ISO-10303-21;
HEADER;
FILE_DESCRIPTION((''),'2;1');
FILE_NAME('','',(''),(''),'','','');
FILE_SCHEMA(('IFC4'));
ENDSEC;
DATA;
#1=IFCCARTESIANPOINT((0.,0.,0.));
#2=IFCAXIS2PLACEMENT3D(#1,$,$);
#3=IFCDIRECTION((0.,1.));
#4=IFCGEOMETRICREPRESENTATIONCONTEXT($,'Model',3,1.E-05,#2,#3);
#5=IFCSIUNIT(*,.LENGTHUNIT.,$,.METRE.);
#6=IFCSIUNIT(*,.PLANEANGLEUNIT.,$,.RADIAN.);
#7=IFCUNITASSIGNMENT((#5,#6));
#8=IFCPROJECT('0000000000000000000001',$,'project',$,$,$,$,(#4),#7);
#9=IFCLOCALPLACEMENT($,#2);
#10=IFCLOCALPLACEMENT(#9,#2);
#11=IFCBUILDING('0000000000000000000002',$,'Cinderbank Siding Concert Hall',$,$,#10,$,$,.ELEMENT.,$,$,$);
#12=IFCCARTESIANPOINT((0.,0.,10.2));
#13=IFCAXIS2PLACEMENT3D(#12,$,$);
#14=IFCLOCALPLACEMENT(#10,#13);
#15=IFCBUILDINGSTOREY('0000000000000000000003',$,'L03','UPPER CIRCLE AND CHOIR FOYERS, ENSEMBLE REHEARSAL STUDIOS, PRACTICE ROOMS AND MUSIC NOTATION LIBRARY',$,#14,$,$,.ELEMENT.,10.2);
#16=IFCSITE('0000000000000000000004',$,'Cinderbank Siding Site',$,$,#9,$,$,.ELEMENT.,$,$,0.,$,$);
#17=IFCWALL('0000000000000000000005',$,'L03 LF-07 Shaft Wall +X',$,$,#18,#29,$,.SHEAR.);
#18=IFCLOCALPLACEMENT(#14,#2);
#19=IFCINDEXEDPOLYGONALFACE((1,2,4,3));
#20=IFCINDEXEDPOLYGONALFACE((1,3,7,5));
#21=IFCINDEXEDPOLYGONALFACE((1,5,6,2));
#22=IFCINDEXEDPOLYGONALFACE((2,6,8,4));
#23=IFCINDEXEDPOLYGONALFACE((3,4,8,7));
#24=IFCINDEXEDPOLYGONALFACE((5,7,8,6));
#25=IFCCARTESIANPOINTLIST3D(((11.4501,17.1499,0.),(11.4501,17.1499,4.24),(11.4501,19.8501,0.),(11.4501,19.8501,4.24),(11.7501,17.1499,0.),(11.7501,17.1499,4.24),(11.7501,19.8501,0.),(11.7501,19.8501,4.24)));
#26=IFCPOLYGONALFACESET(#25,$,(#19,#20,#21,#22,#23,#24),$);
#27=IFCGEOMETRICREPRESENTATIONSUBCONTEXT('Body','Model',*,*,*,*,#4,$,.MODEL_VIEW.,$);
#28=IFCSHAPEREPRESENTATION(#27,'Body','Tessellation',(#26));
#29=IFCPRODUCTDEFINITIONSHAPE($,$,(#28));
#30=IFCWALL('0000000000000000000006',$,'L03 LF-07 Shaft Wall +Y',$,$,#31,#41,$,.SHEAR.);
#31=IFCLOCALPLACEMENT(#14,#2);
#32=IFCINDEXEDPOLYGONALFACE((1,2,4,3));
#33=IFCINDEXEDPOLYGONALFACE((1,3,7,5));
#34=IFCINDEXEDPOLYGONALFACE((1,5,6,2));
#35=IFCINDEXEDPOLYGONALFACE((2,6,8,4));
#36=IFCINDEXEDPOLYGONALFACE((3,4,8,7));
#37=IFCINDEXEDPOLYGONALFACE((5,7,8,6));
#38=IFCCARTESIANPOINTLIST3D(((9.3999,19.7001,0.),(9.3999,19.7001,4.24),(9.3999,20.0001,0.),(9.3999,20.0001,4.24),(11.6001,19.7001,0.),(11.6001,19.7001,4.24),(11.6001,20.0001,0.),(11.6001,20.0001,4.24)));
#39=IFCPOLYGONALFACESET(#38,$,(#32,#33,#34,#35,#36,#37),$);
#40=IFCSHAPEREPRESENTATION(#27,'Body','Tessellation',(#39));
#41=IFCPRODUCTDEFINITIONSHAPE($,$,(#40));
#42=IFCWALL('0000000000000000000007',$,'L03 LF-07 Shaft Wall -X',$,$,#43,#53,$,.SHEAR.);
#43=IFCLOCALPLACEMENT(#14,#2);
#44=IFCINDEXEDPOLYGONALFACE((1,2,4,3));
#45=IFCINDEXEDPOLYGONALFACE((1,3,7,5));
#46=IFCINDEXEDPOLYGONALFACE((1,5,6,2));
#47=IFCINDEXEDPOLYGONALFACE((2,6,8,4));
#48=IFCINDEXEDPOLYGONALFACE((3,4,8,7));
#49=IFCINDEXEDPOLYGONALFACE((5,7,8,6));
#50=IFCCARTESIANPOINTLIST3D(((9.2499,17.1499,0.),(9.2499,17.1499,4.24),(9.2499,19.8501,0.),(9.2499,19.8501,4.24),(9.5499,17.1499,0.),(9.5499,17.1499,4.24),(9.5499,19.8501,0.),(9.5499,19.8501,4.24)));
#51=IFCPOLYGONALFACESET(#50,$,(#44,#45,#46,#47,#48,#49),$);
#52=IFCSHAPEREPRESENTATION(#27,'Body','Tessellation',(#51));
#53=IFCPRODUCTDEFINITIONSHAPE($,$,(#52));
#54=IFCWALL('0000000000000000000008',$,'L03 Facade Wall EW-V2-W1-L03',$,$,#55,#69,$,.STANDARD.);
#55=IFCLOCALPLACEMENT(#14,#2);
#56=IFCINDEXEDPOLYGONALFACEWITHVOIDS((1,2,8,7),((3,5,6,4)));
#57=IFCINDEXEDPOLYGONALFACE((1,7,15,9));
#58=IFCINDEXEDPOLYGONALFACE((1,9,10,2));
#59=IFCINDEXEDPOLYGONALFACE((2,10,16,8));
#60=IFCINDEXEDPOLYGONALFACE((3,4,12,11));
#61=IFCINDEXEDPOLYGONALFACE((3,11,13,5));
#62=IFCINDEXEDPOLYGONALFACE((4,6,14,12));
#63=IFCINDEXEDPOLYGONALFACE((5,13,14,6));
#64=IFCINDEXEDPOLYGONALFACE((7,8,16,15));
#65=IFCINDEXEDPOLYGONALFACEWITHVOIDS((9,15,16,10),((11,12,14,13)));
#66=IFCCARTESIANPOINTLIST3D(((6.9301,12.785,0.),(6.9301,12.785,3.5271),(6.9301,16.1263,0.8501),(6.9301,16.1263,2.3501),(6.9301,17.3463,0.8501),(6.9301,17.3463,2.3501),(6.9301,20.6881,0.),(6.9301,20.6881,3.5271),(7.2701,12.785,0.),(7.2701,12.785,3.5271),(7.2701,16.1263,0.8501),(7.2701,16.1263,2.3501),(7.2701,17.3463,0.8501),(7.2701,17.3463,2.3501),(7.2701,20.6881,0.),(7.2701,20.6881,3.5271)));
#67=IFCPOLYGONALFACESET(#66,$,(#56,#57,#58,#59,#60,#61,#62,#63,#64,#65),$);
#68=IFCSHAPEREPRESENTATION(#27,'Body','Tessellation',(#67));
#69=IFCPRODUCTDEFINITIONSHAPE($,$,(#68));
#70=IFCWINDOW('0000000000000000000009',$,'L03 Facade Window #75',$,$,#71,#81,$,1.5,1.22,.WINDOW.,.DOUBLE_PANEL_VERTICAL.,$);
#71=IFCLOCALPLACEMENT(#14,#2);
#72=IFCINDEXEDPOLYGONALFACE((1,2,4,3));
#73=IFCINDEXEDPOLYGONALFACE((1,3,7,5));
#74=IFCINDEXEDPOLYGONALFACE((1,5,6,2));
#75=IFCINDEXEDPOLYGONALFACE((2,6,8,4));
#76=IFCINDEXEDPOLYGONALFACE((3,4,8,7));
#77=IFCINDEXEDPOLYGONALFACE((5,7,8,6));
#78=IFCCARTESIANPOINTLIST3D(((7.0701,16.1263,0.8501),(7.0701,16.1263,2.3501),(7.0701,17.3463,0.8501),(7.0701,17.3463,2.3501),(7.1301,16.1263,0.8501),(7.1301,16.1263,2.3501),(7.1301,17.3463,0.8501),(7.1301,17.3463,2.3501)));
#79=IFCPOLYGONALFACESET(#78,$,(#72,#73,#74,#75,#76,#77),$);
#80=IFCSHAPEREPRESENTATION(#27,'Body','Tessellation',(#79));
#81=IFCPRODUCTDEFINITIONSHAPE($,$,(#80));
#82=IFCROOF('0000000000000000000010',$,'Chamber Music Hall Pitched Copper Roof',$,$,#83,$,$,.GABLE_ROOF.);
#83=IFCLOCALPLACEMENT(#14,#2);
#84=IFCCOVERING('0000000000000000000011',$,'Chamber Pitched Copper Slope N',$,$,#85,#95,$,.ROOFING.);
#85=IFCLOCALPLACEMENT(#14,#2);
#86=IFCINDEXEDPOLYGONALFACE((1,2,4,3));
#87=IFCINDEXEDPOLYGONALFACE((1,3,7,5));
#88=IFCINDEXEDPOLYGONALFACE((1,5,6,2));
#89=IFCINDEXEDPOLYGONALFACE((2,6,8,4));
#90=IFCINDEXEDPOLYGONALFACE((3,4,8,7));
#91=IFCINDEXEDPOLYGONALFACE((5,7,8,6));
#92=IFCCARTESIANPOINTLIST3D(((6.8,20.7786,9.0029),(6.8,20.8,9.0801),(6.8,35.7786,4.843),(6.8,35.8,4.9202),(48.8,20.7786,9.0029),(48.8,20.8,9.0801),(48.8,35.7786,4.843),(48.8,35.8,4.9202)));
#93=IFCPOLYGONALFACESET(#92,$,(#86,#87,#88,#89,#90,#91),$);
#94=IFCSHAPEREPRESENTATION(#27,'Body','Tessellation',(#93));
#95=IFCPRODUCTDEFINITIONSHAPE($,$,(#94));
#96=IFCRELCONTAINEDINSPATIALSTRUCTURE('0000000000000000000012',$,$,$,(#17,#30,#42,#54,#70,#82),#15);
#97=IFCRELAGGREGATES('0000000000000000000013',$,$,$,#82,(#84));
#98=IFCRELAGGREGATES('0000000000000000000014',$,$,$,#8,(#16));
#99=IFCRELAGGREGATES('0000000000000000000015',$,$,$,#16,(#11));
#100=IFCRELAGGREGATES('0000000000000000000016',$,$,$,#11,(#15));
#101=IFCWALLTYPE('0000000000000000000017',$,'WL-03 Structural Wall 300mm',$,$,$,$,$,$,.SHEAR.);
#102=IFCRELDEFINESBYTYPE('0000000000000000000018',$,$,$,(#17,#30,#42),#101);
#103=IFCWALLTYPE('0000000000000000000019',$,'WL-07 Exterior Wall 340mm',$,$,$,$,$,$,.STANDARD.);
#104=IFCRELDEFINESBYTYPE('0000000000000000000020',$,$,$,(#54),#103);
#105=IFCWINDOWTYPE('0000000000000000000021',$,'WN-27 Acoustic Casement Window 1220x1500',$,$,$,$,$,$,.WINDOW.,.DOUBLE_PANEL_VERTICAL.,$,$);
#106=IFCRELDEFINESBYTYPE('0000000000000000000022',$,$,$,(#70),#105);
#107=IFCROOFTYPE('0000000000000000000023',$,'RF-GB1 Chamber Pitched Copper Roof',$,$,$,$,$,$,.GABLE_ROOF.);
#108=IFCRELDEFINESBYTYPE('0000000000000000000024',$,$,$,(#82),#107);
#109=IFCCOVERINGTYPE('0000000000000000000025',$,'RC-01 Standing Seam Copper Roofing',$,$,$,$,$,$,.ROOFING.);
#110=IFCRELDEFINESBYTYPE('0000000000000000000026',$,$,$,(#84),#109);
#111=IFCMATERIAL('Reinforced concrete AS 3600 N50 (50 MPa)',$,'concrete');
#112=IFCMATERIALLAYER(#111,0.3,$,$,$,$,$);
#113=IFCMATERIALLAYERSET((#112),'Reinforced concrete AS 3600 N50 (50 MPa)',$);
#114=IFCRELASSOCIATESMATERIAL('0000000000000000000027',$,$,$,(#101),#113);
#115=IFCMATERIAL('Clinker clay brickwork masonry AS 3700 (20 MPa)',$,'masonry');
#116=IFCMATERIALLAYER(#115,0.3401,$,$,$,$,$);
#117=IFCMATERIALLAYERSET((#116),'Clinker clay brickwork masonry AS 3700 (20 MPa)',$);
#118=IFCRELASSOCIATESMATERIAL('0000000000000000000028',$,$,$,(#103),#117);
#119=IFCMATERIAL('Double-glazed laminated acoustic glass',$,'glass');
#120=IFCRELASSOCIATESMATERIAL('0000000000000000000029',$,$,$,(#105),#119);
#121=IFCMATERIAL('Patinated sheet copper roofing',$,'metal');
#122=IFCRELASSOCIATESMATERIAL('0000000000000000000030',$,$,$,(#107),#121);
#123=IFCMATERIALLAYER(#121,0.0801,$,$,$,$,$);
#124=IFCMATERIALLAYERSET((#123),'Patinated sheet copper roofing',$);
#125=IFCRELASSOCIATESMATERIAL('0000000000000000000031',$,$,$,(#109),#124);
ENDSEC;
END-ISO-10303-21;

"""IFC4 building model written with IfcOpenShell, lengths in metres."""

from ifc_helpers import new_model, si_unit, direction, frame, frame_2d, origin, place, context, subcontext, project, spatial, polyline, rectangle, outline, extrude, material, layer, layer_set, type_object, element, fill, aggregate, save


model = new_model("IFC4")

# Units and contexts
model_context = context("Model", 3, precision=1e-05, world=origin(), true_north=direction((0.0, 1.0)))
body_context = subcontext(model_context, "Body", "Model", "MODEL_VIEW")
ifc_project = project(units=[si_unit("LENGTHUNIT", "METRE"), si_unit("PLANEANGLEUNIT", "RADIAN")], contexts=[model_context])

# Site, building, storey
site_placement = place(None, origin())
site = spatial("IfcSite", under=ifc_project, at=site_placement, Name="Cinderbank Siding Site", CompositionType="ELEMENT", RefElevation=0.0)
building_placement = place(site_placement, origin())
building = spatial("IfcBuilding", under=site, at=building_placement, Name="Cinderbank Siding Concert Hall", CompositionType="ELEMENT")
storey_placement = place(building_placement, frame((0.0, 0.0, 10.2)))
storey = spatial("IfcBuildingStorey", under=building, at=storey_placement, Name="L03", Description="UPPER CIRCLE AND CHOIR FOYERS, ENSEMBLE REHEARSAL STUDIOS, PRACTICE ROOMS AND MUSIC NOTATION LIBRARY", CompositionType="ELEMENT", Elevation=10.2)

# Shared definitions
ifc_material_1 = material(Name="Reinforced concrete AS 3600 N50 (50 MPa)", Category="concrete")
ifc_layer_1 = layer(ifc_material_1, 0.3)
ifc_layer_set_1 = layer_set([ifc_layer_1], Name="Reinforced concrete AS 3600 N50 (50 MPa)")
wall_type_1 = type_object("IfcWallType", Name="WL-03 Structural Wall 300mm", PredefinedType="SHEAR", material=ifc_layer_set_1)

# Walls
wall_1_placement = place(storey_placement, frame((11.6001, 19.8501, 0.0), z_axis=(0.0, 0.0, 1.0), x_axis=(0.0, -1.0, 0.0)))
element("IfcWall", 1, at=wall_1_placement, inside=storey, type_object=wall_type_1, Name="L03 LF-07 Shaft Wall +X", PredefinedType="SHEAR", context=body_context, shape_type="SweptSolid", body=[
    extrude(rectangle(XDim=2.7002, YDim=0.3, at=frame_2d((1.3501, 0.0))), origin(), (0.0, 0.0, 1.0), 4.24),
])
wall_2_placement = place(storey_placement, frame((9.3999, 19.8501, 0.0), z_axis=(0.0, 0.0, 1.0), x_axis=(1.0, 0.0, 0.0)))
element("IfcWall", 2, at=wall_2_placement, inside=storey, type_object=wall_type_1, Name="L03 LF-07 Shaft Wall +Y", PredefinedType="SHEAR", context=body_context, shape_type="SweptSolid", body=[
    extrude(rectangle(XDim=2.2002, YDim=0.3, at=frame_2d((1.1001, 0.0))), origin(), (0.0, 0.0, 1.0), 4.24),
])
wall_3_placement = place(storey_placement, frame((9.3999, 17.1499, 0.0), z_axis=(0.0, 0.0, 1.0), x_axis=(0.0, 1.0, 0.0)))
element("IfcWall", 3, at=wall_3_placement, inside=storey, type_object=wall_type_1, Name="L03 LF-07 Shaft Wall -X", PredefinedType="SHEAR", context=body_context, shape_type="SweptSolid", body=[
    extrude(rectangle(XDim=2.7002, YDim=0.3, at=frame_2d((1.3501, 0.0))), origin(), (0.0, 0.0, 1.0), 4.24),
])

# Wall, opening, window
ifc_material_2 = material(Name="Clinker clay brickwork masonry AS 3700 (20 MPa)", Category="masonry")
ifc_layer_2 = layer(ifc_material_2, 0.3401)
ifc_layer_set_2 = layer_set([ifc_layer_2], Name="Clinker clay brickwork masonry AS 3700 (20 MPa)")
wall_type_2 = type_object("IfcWallType", Name="WL-07 Exterior Wall 340mm", PredefinedType="STANDARD", material=ifc_layer_set_2)
wall_4_placement = place(storey_placement, frame((7.1001, 12.7849, 0.0), z_axis=(0.0, 0.0, 1.0), x_axis=(0.0, 1.0, 0.0)))
wall_4 = element("IfcWall", 4, at=wall_4_placement, inside=storey, type_object=wall_type_2, Name="L03 Facade Wall EW-V2-W1-L03", PredefinedType="STANDARD", context=body_context, shape_type="SweptSolid", body=[
    extrude(rectangle(XDim=7.9031, YDim=0.3401, at=frame_2d((3.9517, 0.0))), origin(), (0.0, 0.0, 1.0), 3.5271),
])
opening_1_placement = place(wall_4_placement, frame((3.3416, 0.0, 0.8501)))
opening_1 = element("IfcOpeningElement", 5, at=opening_1_placement, cuts=wall_4, PredefinedType="OPENING", context=body_context, shape_type="SweptSolid", body=[
    extrude(rectangle(XDim=1.22, YDim=1.5, at=frame_2d((0.6099, 0.75))), frame((0.0, 0.1821, 0.0), z_axis=(0.0, -1.0, 0.0), x_axis=(1.0, 0.0, 0.0)), (0.0, 0.0, 1.0), 0.364),
])
ifc_material_3 = material(Name="Double-glazed laminated acoustic glass", Category="glass")
window_type = type_object("IfcWindowType", Name="WN-27 Acoustic Casement Window 1220x1500", PartitioningType="DOUBLE_PANEL_VERTICAL", PredefinedType="WINDOW", material=ifc_material_3)
window_placement = place(opening_1_placement, origin())
window = element("IfcWindow", 6, at=window_placement, inside=storey, type_object=window_type, Name="L03 Facade Window #75", OverallHeight=1.5, OverallWidth=1.22, PartitioningType="DOUBLE_PANEL_VERTICAL", PredefinedType="WINDOW", context=body_context, shape_type="SweptSolid", body=[
    extrude(rectangle(XDim=1.22, YDim=1.5, at=frame_2d((0.6099, 0.75))), frame((0.0, 0.03, 0.0), z_axis=(0.0, -1.0, 0.0), x_axis=(1.0, 0.0, 0.0)), (0.0, 0.0, 1.0), 0.0601),
])
fill(opening_1, window)

# Roof, covering
ifc_material_4 = material(Name="Patinated sheet copper roofing", Category="metal")
roof_type = type_object("IfcRoofType", Name="RF-GB1 Chamber Pitched Copper Roof", PredefinedType="GABLE_ROOF", material=ifc_material_4)
roof_placement = place(storey_placement, origin())
roof = element("IfcRoof", 7, at=roof_placement, inside=storey, type_object=roof_type, Name="Chamber Music Hall Pitched Copper Roof", PredefinedType="GABLE_ROOF")
ifc_layer_3 = layer(ifc_material_4, 0.0801)
ifc_layer_set_3 = layer_set([ifc_layer_3], Name="Patinated sheet copper roofing")
covering_type = type_object("IfcCoveringType", Name="RC-01 Standing Seam Copper Roofing", PredefinedType="ROOFING", material=ifc_layer_set_3)
covering_placement = place(storey_placement, frame((6.8, 20.8, 9.0801), z_axis=(0.0, 0.267241, 0.96363), x_axis=(1.0, 0.0, 0.0)))
covering = element("IfcCovering", 8, at=covering_placement, type_object=covering_type, Name="Chamber Pitched Copper Slope N", PredefinedType="ROOFING", context=body_context, shape_type="SweptSolid", body=[
    extrude(outline(polyline([(0.0, 0.0), (42.0, 0.0), (42.0, 15.5661), (0.0, 15.5661), (0.0, 0.0)])), origin(), (0.0, 0.0, -1.0), 0.0801),
])
aggregate(roof, [covering])

save(model, "model.ifc")
